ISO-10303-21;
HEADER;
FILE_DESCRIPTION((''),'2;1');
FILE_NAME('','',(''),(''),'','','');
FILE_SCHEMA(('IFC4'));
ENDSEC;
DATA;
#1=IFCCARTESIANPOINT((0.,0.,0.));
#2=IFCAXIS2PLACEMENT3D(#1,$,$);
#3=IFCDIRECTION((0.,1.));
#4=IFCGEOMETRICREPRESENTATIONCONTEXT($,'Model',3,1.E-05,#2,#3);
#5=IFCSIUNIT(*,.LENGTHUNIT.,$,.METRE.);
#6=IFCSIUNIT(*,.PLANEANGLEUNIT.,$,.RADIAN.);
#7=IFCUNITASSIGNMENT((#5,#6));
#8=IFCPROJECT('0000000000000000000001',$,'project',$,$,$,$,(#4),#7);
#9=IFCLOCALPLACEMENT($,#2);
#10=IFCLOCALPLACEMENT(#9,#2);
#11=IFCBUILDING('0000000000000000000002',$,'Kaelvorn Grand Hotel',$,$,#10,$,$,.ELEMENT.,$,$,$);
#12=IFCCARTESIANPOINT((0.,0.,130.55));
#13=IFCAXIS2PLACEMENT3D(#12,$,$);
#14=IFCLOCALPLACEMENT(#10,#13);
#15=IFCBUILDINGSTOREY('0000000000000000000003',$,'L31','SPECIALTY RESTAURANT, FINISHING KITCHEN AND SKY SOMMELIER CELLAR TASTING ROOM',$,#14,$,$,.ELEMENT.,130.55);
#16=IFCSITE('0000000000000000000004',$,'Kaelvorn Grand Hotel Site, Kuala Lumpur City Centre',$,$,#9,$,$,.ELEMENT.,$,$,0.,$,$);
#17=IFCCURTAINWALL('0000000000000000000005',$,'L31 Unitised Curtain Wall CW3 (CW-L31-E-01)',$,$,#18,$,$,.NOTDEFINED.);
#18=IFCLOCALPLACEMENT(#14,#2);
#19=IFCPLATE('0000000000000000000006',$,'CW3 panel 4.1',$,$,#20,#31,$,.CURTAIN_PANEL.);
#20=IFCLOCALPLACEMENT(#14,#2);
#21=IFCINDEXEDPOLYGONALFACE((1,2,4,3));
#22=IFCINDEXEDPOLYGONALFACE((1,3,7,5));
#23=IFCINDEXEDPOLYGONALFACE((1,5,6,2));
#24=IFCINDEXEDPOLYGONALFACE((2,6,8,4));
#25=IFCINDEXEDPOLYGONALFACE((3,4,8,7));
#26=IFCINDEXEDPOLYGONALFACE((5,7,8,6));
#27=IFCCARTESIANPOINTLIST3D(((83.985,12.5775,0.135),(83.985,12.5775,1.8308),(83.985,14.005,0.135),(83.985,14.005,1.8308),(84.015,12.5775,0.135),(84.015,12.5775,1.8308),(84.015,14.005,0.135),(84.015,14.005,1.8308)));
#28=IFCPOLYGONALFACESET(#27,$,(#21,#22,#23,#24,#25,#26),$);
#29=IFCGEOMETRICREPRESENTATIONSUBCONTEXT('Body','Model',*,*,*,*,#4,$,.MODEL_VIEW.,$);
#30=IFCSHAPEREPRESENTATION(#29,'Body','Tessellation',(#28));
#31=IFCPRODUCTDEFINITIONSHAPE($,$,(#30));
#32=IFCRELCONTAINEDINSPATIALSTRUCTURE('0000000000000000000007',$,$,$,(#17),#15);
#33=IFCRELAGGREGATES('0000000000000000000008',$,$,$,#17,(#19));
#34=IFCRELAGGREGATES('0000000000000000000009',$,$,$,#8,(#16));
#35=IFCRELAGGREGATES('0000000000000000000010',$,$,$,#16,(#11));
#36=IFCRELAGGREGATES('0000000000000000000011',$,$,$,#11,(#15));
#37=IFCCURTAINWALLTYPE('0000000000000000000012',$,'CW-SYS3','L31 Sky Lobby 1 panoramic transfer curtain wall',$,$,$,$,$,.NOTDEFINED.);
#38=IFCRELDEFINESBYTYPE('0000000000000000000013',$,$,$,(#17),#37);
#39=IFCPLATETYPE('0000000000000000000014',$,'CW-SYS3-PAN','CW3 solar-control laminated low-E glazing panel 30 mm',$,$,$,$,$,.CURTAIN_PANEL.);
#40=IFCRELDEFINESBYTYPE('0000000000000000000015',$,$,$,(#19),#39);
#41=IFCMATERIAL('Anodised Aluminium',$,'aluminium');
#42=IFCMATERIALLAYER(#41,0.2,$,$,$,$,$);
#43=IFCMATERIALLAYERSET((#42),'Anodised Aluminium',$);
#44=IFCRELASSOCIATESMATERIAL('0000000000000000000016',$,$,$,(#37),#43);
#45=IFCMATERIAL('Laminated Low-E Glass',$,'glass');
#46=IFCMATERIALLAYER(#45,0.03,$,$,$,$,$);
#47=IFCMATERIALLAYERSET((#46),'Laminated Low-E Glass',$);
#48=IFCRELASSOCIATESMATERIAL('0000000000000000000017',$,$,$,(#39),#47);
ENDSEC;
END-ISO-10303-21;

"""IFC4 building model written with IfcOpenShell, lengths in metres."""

from ifc_helpers import new_model, si_unit, direction, frame, origin, origin_2d, place, context, subcontext, project, spatial, rectangle, extrude, material, layer, layer_set, type_object, element, aggregate, save


model = new_model("IFC4")

# Units and contexts
model_context = context("Model", 3, precision=1e-05, world=origin(), true_north=direction((0.0, 1.0)))
body_context = subcontext(model_context, "Body", "Model", "MODEL_VIEW")
ifc_project = project(units=[si_unit("LENGTHUNIT", "METRE"), si_unit("PLANEANGLEUNIT", "RADIAN")], contexts=[model_context])

# Site, building, storey
site_placement = place(None, origin())
site = spatial("IfcSite", under=ifc_project, at=site_placement, Name="Kaelvorn Grand Hotel Site, Kuala Lumpur City Centre", CompositionType="ELEMENT", RefElevation=0.0)
building_placement = place(site_placement, origin())
building = spatial("IfcBuilding", under=site, at=building_placement, Name="Kaelvorn Grand Hotel", CompositionType="ELEMENT")
storey_placement = place(building_placement, frame((0.0, 0.0, 130.55)))
storey = spatial("IfcBuildingStorey", under=building, at=storey_placement, Name="L31", Description="SPECIALTY RESTAURANT, FINISHING KITCHEN AND SKY SOMMELIER CELLAR TASTING ROOM", CompositionType="ELEMENT", Elevation=130.55)

# Curtain wall, plate
ifc_material_1 = material(Name="Anodised Aluminium", Category="aluminium")
ifc_layer_1 = layer(ifc_material_1, 0.2)
ifc_layer_set_1 = layer_set([ifc_layer_1], Name="Anodised Aluminium")
curtain_wall_type = type_object("IfcCurtainWallType", Name="CW-SYS3", Description="L31 Sky Lobby 1 panoramic transfer curtain wall", PredefinedType="NOTDEFINED", material=ifc_layer_set_1)
curtain_wall_placement = place(storey_placement, origin())
curtain_wall = element("IfcCurtainWall", 1, at=curtain_wall_placement, inside=storey, type_object=curtain_wall_type, Name="L31 Unitised Curtain Wall CW3 (CW-L31-E-01)", PredefinedType="NOTDEFINED")
ifc_material_2 = material(Name="Laminated Low-E Glass", Category="glass")
ifc_layer_2 = layer(ifc_material_2, 0.03)
ifc_layer_set_2 = layer_set([ifc_layer_2], Name="Laminated Low-E Glass")
plate_type = type_object("IfcPlateType", Name="CW-SYS3-PAN", Description="CW3 solar-control laminated low-E glazing panel 30 mm", PredefinedType="CURTAIN_PANEL", material=ifc_layer_set_2)
plate_1_placement = place(storey_placement, frame((84.0, 13.2913, 0.135), z_axis=(0.0, 0.0, 1.0), x_axis=(0.0, 1.0, 0.0)))
plate_1 = element("IfcPlate", 2, at=plate_1_placement, type_object=plate_type, Name="CW3 panel 4.1", PredefinedType="CURTAIN_PANEL", context=body_context, shape_type="SweptSolid", body=[
    extrude(rectangle(XDim=1.4275, YDim=0.03, at=origin_2d()), origin(), (0.0, 0.0, 1.0), 1.6958),
])
aggregate(curtain_wall, [plate_1])

save(model, "model.ifc")
